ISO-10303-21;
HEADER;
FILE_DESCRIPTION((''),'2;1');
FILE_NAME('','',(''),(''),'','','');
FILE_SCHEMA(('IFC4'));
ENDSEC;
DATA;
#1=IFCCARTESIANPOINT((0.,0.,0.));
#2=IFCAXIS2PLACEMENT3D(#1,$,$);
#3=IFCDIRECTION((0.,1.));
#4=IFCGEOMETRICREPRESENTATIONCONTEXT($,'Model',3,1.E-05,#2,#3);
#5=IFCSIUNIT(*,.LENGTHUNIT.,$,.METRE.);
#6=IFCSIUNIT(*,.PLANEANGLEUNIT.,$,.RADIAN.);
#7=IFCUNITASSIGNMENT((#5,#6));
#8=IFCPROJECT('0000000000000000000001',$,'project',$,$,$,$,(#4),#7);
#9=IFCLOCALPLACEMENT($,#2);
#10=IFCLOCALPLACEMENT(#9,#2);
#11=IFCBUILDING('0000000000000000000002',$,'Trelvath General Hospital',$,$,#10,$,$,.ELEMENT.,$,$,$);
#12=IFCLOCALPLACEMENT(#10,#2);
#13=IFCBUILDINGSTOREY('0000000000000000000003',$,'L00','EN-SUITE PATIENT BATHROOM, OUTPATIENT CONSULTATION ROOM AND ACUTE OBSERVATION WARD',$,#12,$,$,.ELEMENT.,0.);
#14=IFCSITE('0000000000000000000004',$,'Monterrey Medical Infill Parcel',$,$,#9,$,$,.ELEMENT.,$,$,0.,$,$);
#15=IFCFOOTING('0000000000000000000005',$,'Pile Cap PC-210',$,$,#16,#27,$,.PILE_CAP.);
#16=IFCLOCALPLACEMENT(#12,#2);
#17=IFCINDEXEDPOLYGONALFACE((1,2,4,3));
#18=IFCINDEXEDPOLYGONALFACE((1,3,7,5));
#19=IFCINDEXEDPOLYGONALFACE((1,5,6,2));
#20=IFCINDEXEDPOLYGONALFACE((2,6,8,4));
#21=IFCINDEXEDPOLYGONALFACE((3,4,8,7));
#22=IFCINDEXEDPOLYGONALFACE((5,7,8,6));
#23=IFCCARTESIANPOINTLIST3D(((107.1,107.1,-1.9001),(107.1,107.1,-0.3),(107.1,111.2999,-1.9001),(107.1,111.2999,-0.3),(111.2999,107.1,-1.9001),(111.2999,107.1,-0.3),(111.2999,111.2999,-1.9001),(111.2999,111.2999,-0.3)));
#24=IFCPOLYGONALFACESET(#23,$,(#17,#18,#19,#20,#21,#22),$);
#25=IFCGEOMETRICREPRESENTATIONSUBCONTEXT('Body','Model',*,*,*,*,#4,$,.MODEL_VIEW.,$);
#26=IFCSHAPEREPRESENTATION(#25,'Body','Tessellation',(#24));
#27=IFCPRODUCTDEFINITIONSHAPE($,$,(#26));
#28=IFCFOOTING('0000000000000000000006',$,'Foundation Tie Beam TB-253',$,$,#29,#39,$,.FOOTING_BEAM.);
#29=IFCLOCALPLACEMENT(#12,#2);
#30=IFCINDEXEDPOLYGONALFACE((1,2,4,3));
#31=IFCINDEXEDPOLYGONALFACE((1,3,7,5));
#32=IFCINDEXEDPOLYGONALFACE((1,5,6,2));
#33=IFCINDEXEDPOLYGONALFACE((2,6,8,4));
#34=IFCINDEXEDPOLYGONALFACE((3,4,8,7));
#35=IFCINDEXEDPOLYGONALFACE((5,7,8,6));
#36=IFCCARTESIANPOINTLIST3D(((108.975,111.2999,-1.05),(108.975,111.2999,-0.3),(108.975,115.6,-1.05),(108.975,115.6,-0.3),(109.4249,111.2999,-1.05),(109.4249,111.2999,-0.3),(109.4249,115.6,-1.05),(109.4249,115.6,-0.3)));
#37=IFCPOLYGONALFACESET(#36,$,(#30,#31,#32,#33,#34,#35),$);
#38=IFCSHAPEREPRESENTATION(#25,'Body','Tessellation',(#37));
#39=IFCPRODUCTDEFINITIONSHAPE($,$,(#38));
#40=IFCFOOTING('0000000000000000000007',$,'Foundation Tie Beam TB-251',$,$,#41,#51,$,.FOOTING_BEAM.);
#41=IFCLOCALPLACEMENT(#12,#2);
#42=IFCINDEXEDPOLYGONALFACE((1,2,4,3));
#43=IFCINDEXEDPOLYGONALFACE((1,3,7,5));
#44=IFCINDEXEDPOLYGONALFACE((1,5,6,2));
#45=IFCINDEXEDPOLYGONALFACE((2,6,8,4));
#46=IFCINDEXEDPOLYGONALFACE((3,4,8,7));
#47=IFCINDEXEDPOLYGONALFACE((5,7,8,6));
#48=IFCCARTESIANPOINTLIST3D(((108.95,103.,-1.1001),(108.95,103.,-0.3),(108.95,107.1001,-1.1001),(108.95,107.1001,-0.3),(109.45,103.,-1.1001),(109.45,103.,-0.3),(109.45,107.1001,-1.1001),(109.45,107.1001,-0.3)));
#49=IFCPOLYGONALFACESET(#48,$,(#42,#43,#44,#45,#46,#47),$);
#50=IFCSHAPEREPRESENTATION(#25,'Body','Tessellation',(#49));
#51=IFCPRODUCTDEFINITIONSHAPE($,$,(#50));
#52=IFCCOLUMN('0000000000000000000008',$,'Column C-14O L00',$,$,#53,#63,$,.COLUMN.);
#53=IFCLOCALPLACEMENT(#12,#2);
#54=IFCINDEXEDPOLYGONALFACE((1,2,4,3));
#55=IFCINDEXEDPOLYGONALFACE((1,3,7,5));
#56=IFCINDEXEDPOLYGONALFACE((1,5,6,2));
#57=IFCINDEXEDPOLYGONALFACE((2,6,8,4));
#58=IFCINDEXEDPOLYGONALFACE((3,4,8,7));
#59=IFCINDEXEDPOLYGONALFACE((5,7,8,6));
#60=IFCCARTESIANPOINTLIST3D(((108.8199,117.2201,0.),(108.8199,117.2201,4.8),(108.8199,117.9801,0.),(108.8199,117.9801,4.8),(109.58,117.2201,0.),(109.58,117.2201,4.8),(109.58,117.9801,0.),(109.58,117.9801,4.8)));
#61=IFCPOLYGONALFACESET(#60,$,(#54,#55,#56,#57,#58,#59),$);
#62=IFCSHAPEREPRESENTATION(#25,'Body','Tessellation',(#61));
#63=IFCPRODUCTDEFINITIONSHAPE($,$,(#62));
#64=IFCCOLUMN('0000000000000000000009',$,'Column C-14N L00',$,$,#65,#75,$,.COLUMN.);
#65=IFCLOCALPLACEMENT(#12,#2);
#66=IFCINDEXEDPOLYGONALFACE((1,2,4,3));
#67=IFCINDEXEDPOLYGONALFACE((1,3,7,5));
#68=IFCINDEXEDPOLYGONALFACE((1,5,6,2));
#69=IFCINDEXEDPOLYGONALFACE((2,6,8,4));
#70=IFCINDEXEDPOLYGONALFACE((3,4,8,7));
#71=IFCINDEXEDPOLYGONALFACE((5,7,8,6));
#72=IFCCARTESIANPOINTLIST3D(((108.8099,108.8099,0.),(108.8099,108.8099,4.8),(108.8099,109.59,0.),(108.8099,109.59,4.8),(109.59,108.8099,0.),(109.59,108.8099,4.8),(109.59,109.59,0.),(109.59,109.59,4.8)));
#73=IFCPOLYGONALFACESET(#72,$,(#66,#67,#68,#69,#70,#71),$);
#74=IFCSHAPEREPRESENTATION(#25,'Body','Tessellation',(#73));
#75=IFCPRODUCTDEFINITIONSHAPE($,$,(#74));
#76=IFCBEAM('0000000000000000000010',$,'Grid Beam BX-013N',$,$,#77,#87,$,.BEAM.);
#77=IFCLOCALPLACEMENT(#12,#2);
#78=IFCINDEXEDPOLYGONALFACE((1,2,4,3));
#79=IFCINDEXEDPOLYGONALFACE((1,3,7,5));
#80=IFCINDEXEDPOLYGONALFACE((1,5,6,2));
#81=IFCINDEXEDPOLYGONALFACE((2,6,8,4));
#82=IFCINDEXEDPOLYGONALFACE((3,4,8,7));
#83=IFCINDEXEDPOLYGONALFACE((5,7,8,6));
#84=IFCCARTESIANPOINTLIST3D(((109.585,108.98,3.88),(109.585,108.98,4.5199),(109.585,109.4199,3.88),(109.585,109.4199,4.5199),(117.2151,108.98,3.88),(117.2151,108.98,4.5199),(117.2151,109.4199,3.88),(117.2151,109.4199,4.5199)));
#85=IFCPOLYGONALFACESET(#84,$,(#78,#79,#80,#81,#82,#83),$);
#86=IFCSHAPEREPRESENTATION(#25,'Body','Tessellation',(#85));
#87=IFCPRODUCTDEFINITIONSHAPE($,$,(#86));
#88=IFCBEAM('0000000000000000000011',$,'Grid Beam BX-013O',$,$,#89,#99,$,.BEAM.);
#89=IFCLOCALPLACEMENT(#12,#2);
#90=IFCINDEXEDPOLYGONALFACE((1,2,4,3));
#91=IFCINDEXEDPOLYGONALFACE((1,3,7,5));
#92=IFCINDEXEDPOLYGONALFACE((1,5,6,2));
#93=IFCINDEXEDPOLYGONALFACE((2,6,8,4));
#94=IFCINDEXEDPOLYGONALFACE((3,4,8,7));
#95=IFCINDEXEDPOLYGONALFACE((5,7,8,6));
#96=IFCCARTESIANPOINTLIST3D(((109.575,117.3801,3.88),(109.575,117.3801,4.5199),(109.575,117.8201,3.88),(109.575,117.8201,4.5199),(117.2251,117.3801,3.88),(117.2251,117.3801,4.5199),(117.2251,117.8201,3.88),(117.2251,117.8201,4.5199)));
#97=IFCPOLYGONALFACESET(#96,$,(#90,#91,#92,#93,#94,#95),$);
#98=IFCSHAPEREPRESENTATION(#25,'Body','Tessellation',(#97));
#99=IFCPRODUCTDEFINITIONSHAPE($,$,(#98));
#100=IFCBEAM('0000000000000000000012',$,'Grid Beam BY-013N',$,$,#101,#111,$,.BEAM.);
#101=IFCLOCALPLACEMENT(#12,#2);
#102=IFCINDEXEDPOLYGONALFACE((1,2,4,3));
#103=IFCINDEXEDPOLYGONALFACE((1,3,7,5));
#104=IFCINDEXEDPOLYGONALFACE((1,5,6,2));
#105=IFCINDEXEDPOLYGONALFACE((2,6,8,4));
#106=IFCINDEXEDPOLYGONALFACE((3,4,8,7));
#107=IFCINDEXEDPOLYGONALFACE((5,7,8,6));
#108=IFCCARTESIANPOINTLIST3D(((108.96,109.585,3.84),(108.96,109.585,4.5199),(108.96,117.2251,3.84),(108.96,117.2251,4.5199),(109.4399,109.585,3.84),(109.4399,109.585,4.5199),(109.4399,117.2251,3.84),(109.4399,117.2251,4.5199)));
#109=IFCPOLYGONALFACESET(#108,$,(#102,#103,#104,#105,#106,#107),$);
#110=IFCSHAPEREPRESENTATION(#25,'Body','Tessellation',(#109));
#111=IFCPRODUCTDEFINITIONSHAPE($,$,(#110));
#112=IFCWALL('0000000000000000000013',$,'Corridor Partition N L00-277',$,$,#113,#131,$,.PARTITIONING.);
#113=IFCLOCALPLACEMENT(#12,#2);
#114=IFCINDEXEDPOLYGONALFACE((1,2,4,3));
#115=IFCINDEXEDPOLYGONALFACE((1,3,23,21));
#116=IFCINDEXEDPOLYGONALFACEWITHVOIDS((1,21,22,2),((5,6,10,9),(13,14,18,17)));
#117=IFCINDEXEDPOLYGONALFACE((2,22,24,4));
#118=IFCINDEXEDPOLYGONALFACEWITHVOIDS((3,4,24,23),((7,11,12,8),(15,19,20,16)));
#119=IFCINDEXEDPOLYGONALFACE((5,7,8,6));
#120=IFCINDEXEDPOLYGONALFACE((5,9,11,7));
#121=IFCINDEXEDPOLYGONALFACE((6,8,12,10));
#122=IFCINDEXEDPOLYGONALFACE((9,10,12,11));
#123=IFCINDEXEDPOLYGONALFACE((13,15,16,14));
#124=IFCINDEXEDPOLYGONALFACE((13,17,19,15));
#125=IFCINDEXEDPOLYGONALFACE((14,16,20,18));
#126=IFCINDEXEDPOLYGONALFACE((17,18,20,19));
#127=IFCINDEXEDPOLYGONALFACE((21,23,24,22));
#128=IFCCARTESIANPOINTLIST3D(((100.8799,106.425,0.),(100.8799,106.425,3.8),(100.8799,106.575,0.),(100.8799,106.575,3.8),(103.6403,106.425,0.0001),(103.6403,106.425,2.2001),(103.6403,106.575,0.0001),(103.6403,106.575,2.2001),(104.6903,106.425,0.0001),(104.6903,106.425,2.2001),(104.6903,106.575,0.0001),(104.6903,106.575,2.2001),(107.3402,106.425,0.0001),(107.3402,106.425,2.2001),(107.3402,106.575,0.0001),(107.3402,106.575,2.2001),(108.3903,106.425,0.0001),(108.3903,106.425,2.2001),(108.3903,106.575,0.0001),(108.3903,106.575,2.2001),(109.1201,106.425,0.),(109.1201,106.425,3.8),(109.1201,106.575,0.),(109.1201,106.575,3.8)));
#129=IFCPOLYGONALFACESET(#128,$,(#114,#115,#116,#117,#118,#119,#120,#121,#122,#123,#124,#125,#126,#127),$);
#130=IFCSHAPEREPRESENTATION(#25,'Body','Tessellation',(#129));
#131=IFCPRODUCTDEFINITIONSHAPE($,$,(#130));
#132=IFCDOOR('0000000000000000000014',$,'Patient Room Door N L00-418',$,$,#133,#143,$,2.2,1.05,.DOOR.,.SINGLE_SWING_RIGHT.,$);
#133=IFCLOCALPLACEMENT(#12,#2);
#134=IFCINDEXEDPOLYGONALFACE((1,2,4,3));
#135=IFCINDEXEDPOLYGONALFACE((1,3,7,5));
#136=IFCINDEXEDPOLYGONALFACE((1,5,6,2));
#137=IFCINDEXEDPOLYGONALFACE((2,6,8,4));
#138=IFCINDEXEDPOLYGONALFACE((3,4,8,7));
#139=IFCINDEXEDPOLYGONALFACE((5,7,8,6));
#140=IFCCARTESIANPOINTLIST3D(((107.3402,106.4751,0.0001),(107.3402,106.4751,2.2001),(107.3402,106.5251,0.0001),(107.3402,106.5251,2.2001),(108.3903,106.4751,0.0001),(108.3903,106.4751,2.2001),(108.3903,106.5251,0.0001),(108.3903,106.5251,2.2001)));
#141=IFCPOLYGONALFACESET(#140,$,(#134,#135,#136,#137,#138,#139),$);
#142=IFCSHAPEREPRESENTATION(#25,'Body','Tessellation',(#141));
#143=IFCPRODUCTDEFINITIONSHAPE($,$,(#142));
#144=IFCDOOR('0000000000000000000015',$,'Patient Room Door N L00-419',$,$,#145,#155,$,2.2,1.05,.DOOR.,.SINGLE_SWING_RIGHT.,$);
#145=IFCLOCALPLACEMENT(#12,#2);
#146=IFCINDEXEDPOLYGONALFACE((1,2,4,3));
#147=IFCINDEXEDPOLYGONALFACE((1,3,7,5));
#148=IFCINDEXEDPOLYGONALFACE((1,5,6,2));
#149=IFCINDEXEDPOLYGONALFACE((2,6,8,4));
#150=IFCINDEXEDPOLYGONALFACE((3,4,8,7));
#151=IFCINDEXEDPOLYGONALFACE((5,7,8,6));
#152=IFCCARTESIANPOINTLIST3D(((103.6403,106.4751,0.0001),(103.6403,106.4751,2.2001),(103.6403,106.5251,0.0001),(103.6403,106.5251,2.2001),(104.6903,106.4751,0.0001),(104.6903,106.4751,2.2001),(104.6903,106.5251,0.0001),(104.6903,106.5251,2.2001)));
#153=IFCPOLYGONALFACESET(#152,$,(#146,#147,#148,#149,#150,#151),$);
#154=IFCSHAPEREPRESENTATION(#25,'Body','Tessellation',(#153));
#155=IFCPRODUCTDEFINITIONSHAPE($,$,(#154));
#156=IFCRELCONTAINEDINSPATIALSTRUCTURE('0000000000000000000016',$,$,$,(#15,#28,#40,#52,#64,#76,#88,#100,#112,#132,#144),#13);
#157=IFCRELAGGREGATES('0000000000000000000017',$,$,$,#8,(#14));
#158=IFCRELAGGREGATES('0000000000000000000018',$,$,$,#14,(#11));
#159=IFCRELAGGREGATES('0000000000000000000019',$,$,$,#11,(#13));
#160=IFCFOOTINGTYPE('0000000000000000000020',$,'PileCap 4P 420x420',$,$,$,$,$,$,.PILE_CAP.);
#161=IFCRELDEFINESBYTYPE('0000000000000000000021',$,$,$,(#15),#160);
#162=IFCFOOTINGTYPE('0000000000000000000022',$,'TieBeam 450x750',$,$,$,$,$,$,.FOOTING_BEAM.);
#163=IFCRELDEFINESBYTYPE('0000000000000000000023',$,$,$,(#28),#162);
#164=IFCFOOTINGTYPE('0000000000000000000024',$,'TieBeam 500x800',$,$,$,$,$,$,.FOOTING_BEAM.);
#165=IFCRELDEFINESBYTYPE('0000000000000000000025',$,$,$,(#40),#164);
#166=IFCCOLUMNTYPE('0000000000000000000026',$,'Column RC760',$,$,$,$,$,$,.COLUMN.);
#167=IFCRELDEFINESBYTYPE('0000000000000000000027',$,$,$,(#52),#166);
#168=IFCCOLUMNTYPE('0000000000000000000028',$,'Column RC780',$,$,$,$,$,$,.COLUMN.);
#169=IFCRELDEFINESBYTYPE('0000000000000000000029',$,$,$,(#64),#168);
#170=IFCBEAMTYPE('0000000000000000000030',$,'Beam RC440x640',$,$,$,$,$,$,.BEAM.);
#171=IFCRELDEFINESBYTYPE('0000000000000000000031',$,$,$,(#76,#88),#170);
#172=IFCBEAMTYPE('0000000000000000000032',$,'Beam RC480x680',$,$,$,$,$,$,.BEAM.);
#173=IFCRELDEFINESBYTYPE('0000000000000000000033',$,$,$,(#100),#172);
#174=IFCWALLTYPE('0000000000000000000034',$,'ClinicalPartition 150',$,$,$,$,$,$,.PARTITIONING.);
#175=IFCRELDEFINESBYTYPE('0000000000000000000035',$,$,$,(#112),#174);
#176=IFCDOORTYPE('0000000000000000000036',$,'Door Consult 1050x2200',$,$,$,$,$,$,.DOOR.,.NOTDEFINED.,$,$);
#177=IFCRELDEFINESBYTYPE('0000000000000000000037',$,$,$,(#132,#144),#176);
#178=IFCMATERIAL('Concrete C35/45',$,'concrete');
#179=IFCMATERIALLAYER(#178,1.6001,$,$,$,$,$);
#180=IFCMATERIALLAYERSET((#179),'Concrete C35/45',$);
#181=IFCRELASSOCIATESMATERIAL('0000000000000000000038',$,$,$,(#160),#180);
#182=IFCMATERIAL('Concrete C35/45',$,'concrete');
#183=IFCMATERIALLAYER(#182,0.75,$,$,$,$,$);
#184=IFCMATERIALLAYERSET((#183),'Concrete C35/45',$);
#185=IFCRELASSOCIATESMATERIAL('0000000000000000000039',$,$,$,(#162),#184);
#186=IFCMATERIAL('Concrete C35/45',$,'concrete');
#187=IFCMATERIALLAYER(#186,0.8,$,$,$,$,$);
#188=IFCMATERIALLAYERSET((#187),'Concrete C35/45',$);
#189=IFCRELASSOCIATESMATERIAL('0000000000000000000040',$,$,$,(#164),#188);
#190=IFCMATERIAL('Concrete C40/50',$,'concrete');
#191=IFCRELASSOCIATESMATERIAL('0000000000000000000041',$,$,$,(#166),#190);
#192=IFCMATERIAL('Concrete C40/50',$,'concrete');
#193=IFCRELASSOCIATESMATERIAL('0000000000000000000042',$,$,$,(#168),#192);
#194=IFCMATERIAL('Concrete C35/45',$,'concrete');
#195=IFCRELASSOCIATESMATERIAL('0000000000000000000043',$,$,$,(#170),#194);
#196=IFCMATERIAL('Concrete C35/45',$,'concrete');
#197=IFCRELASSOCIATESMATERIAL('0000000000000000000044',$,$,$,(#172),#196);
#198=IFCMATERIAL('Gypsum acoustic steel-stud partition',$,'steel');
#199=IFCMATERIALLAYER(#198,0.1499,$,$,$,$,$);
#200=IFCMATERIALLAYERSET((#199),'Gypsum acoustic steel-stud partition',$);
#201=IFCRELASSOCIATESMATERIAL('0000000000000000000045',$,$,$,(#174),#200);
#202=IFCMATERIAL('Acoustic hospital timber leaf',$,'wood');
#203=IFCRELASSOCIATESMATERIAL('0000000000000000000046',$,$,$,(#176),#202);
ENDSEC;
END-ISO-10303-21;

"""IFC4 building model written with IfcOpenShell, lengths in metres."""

from ifc_helpers import new_model, si_unit, direction, frame, frame_2d, origin, origin_2d, place, context, subcontext, project, spatial, rectangle, extrude, material, layer, layer_set, material_profile, profile_set, type_object, element, fill, save


model = new_model("IFC4")

# Units and contexts
model_context = context("Model", 3, precision=1e-05, world=origin(), true_north=direction((0.0, 1.0)))
body_context = subcontext(model_context, "Body", "Model", "MODEL_VIEW")
ifc_project = project(units=[si_unit("LENGTHUNIT", "METRE"), si_unit("PLANEANGLEUNIT", "RADIAN")], contexts=[model_context])

# Site, building, storey
site_placement = place(None, origin())
site = spatial("IfcSite", under=ifc_project, at=site_placement, Name="Monterrey Medical Infill Parcel", CompositionType="ELEMENT", RefElevation=0.0)
building_placement = place(site_placement, origin())
building = spatial("IfcBuilding", under=site, at=building_placement, Name="Trelvath General Hospital", CompositionType="ELEMENT")
storey_placement = place(building_placement, origin())
storey = spatial("IfcBuildingStorey", under=building, at=storey_placement, Name="L00", Description="EN-SUITE PATIENT BATHROOM, OUTPATIENT CONSULTATION ROOM AND ACUTE OBSERVATION WARD", CompositionType="ELEMENT", Elevation=0.0)

# Footings
ifc_material_1 = material(Name="Concrete C35/45", Category="concrete")
ifc_layer_1 = layer(ifc_material_1, 1.6001)
ifc_layer_set_1 = layer_set([ifc_layer_1], Name="Concrete C35/45")
footing_type_1 = type_object("IfcFootingType", Name="PileCap 4P 420x420", PredefinedType="PILE_CAP", material=ifc_layer_set_1)
footing_1_placement = place(storey_placement, frame((109.2, 109.2, -1.9001), z_axis=(0.0, 0.0, 1.0), x_axis=(1.0, 0.0, 0.0)))
element("IfcFooting", 1, at=footing_1_placement, inside=storey, type_object=footing_type_1, Name="Pile Cap PC-210", PredefinedType="PILE_CAP", context=body_context, shape_type="SweptSolid", body=[
    extrude(rectangle(XDim=4.2, YDim=4.2, at=origin_2d()), origin(), (0.0, 0.0, 1.0), 1.6001),
])
ifc_material_2 = material(Name="Concrete C35/45", Category="concrete")
ifc_layer_2 = layer(ifc_material_2, 0.75)
ifc_layer_set_2 = layer_set([ifc_layer_2], Name="Concrete C35/45")
footing_type_2 = type_object("IfcFootingType", Name="TieBeam 450x750", PredefinedType="FOOTING_BEAM", material=ifc_layer_set_2)
footing_2_placement = place(storey_placement, frame((109.2, 113.45, -1.05), z_axis=(0.0, 0.0, 1.0), x_axis=(1.0, 0.0, 0.0)))
element("IfcFooting", 2, at=footing_2_placement, inside=storey, type_object=footing_type_2, Name="Foundation Tie Beam TB-253", PredefinedType="FOOTING_BEAM", context=body_context, shape_type="SweptSolid", body=[
    extrude(rectangle(XDim=0.45, YDim=4.3, at=origin_2d()), origin(), (0.0, 0.0, 1.0), 0.75),
])
ifc_material_3 = material(Name="Concrete C35/45", Category="concrete")
ifc_layer_3 = layer(ifc_material_3, 0.8)
ifc_layer_set_3 = layer_set([ifc_layer_3], Name="Concrete C35/45")
footing_type_3 = type_object("IfcFootingType", Name="TieBeam 500x800", PredefinedType="FOOTING_BEAM", material=ifc_layer_set_3)
footing_3_placement = place(storey_placement, frame((109.2, 105.05, -1.1001), z_axis=(0.0, 0.0, 1.0), x_axis=(1.0, 0.0, 0.0)))
element("IfcFooting", 3, at=footing_3_placement, inside=storey, type_object=footing_type_3, Name="Foundation Tie Beam TB-251", PredefinedType="FOOTING_BEAM", context=body_context, shape_type="SweptSolid", body=[
    extrude(rectangle(XDim=0.5, YDim=4.1001, at=origin_2d()), origin(), (0.0, 0.0, 1.0), 0.8),
])

# Columns
ifc_material_4 = material(Name="Concrete C40/50", Category="concrete")
ifc_material_profile_1 = material_profile(ifc_material_4, rectangle(XDim=0.76, YDim=0.76, at=origin_2d()), Name="RC760x760")
ifc_profile_set_1 = profile_set([ifc_material_profile_1], Name="Concrete C40/50")
column_type_1 = type_object("IfcColumnType", Name="Column RC760", PredefinedType="COLUMN", material=ifc_profile_set_1)
column_1_placement = place(storey_placement, frame((109.2, 117.6001, 0.0), z_axis=(0.0, 0.0, 1.0), x_axis=(1.0, 0.0, 0.0)))
element("IfcColumn", 4, at=column_1_placement, inside=storey, type_object=column_type_1, Name="Column C-14O L00", PredefinedType="COLUMN", context=body_context, shape_type="SweptSolid", body=[
    extrude(rectangle(XDim=0.76, YDim=0.76, at=origin_2d()), origin(), (0.0, 0.0, 1.0), 4.8),
])
ifc_material_5 = material(Name="Concrete C40/50", Category="concrete")
ifc_material_profile_2 = material_profile(ifc_material_5, rectangle(XDim=0.78, YDim=0.78, at=origin_2d()), Name="RC780x780")
ifc_profile_set_2 = profile_set([ifc_material_profile_2], Name="Concrete C40/50")
column_type_2 = type_object("IfcColumnType", Name="Column RC780", PredefinedType="COLUMN", material=ifc_profile_set_2)
column_2_placement = place(storey_placement, frame((109.2, 109.2, 0.0), z_axis=(0.0, 0.0, 1.0), x_axis=(1.0, 0.0, 0.0)))
element("IfcColumn", 5, at=column_2_placement, inside=storey, type_object=column_type_2, Name="Column C-14N L00", PredefinedType="COLUMN", context=body_context, shape_type="SweptSolid", body=[
    extrude(rectangle(XDim=0.78, YDim=0.78, at=origin_2d()), origin(), (0.0, 0.0, 1.0), 4.8),
])

# Beams
ifc_material_6 = material(Name="Concrete C35/45", Category="concrete")
ifc_material_profile_3 = material_profile(ifc_material_6, rectangle(XDim=0.4399, YDim=0.6399, at=origin_2d()), Name="RCB440x640")
ifc_profile_set_3 = profile_set([ifc_material_profile_3], Name="Concrete C35/45")
beam_type_1 = type_object("IfcBeamType", Name="Beam RC440x640", PredefinedType="BEAM", material=ifc_profile_set_3)
beam_1_placement = place(storey_placement, frame((109.585, 109.2, 4.2), z_axis=(1.0, 0.0, 0.0), x_axis=(0.0, 1.0, 0.0)))
element("IfcBeam", 6, at=beam_1_placement, inside=storey, type_object=beam_type_1, Name="Grid Beam BX-013N", PredefinedType="BEAM", context=body_context, shape_type="SweptSolid", body=[
    extrude(rectangle(XDim=0.4399, YDim=0.6399, at=origin_2d()), origin(), (0.0, 0.0, 1.0), 7.6301),
])
beam_2_placement = place(storey_placement, frame((109.575, 117.6001, 4.2), z_axis=(1.0, 0.0, 0.0), x_axis=(0.0, 1.0, 0.0)))
element("IfcBeam", 7, at=beam_2_placement, inside=storey, type_object=beam_type_1, Name="Grid Beam BX-013O", PredefinedType="BEAM", context=body_context, shape_type="SweptSolid", body=[
    extrude(rectangle(XDim=0.4399, YDim=0.6399, at=origin_2d()), origin(), (0.0, 0.0, 1.0), 7.6501),
])
ifc_material_7 = material(Name="Concrete C35/45", Category="concrete")
ifc_material_profile_4 = material_profile(ifc_material_7, rectangle(XDim=0.48, YDim=0.6799, at=origin_2d()), Name="RCB480x680")
ifc_profile_set_4 = profile_set([ifc_material_profile_4], Name="Concrete C35/45")
beam_type_2 = type_object("IfcBeamType", Name="Beam RC480x680", PredefinedType="BEAM", material=ifc_profile_set_4)
beam_3_placement = place(storey_placement, frame((109.2, 109.585, 4.1799), z_axis=(0.0, 1.0, 0.0), x_axis=(-1.0, 0.0, 0.0)))
element("IfcBeam", 8, at=beam_3_placement, inside=storey, type_object=beam_type_2, Name="Grid Beam BY-013N", PredefinedType="BEAM", context=body_context, shape_type="SweptSolid", body=[
    extrude(rectangle(XDim=0.48, YDim=0.6799, at=origin_2d()), origin(), (0.0, 0.0, 1.0), 7.6401),
])

# Wall, openings, doors
ifc_material_8 = material(Name="Gypsum acoustic steel-stud partition", Category="steel")
ifc_layer_4 = layer(ifc_material_8, 0.1499)
ifc_layer_set_4 = layer_set([ifc_layer_4], Name="Gypsum acoustic steel-stud partition")
wall_type_1 = type_object("IfcWallType", Name="ClinicalPartition 150", PredefinedType="PARTITIONING", material=ifc_layer_set_4)
wall_1_placement = place(storey_placement, frame((109.1201, 106.5, 0.0), z_axis=(0.0, 0.0, 1.0), x_axis=(-1.0, 0.0, 0.0)))
wall_1 = element("IfcWall", 9, at=wall_1_placement, inside=storey, type_object=wall_type_1, Name="Corridor Partition N L00-277", PredefinedType="PARTITIONING", context=body_context, shape_type="SweptSolid", body=[
    extrude(rectangle(XDim=8.2402, YDim=0.1499, at=frame_2d((4.1201, 0.0))), origin(), (0.0, 0.0, 1.0), 3.8),
])
opening_1_placement = place(wall_1_placement, frame((0.73, 0.0, 0.0)))
opening_1 = element("IfcOpeningElement", 10, at=opening_1_placement, cuts=wall_1, PredefinedType="OPENING", context=body_context, shape_type="SweptSolid", body=[
    extrude(rectangle(XDim=1.05, YDim=2.2, at=frame_2d((0.5249, 1.1001))), frame((0.0, 0.085, 0.0), z_axis=(0.0, -1.0, 0.0), x_axis=(1.0, 0.0, 0.0)), (0.0, 0.0, 1.0), 0.1699),
])
opening_2_placement = place(wall_1_placement, frame((4.4299, 0.0, 0.0)))
opening_2 = element("IfcOpeningElement", 11, at=opening_2_placement, cuts=wall_1, PredefinedType="OPENING", context=body_context, shape_type="SweptSolid", body=[
    extrude(rectangle(XDim=1.05, YDim=2.2, at=frame_2d((0.5249, 1.1001))), frame((0.0, 0.085, 0.0), z_axis=(0.0, -1.0, 0.0), x_axis=(1.0, 0.0, 0.0)), (0.0, 0.0, 1.0), 0.1699),
])
ifc_material_9 = material(Name="Acoustic hospital timber leaf", Category="wood")
door_type_1 = type_object("IfcDoorType", Name="Door Consult 1050x2200", OperationType="NOTDEFINED", PredefinedType="DOOR", material=ifc_material_9)
door_1_placement = place(opening_1_placement, origin())
door_1 = element("IfcDoor", 12, at=door_1_placement, inside=storey, type_object=door_type_1, Name="Patient Room Door N L00-418", OperationType="SINGLE_SWING_RIGHT", OverallHeight=2.2, OverallWidth=1.05, PredefinedType="DOOR", context=body_context, shape_type="SweptSolid", body=[
    extrude(rectangle(XDim=1.05, YDim=2.2, at=frame_2d((0.5249, 1.1001))), frame((0.0, 0.0249, 0.0), z_axis=(0.0, -1.0, 0.0), x_axis=(1.0, 0.0, 0.0)), (0.0, 0.0, 1.0), 0.05),
])
fill(opening_1, door_1)
door_2_placement = place(opening_2_placement, origin())
door_2 = element("IfcDoor", 13, at=door_2_placement, inside=storey, type_object=door_type_1, Name="Patient Room Door N L00-419", OperationType="SINGLE_SWING_RIGHT", OverallHeight=2.2, OverallWidth=1.05, PredefinedType="DOOR", context=body_context, shape_type="SweptSolid", body=[
    extrude(rectangle(XDim=1.05, YDim=2.2, at=frame_2d((0.5249, 1.1001))), frame((0.0, 0.0249, 0.0), z_axis=(0.0, -1.0, 0.0), x_axis=(1.0, 0.0, 0.0)), (0.0, 0.0, 1.0), 0.05),
])
fill(opening_2, door_2)

save(model, "model.ifc")
